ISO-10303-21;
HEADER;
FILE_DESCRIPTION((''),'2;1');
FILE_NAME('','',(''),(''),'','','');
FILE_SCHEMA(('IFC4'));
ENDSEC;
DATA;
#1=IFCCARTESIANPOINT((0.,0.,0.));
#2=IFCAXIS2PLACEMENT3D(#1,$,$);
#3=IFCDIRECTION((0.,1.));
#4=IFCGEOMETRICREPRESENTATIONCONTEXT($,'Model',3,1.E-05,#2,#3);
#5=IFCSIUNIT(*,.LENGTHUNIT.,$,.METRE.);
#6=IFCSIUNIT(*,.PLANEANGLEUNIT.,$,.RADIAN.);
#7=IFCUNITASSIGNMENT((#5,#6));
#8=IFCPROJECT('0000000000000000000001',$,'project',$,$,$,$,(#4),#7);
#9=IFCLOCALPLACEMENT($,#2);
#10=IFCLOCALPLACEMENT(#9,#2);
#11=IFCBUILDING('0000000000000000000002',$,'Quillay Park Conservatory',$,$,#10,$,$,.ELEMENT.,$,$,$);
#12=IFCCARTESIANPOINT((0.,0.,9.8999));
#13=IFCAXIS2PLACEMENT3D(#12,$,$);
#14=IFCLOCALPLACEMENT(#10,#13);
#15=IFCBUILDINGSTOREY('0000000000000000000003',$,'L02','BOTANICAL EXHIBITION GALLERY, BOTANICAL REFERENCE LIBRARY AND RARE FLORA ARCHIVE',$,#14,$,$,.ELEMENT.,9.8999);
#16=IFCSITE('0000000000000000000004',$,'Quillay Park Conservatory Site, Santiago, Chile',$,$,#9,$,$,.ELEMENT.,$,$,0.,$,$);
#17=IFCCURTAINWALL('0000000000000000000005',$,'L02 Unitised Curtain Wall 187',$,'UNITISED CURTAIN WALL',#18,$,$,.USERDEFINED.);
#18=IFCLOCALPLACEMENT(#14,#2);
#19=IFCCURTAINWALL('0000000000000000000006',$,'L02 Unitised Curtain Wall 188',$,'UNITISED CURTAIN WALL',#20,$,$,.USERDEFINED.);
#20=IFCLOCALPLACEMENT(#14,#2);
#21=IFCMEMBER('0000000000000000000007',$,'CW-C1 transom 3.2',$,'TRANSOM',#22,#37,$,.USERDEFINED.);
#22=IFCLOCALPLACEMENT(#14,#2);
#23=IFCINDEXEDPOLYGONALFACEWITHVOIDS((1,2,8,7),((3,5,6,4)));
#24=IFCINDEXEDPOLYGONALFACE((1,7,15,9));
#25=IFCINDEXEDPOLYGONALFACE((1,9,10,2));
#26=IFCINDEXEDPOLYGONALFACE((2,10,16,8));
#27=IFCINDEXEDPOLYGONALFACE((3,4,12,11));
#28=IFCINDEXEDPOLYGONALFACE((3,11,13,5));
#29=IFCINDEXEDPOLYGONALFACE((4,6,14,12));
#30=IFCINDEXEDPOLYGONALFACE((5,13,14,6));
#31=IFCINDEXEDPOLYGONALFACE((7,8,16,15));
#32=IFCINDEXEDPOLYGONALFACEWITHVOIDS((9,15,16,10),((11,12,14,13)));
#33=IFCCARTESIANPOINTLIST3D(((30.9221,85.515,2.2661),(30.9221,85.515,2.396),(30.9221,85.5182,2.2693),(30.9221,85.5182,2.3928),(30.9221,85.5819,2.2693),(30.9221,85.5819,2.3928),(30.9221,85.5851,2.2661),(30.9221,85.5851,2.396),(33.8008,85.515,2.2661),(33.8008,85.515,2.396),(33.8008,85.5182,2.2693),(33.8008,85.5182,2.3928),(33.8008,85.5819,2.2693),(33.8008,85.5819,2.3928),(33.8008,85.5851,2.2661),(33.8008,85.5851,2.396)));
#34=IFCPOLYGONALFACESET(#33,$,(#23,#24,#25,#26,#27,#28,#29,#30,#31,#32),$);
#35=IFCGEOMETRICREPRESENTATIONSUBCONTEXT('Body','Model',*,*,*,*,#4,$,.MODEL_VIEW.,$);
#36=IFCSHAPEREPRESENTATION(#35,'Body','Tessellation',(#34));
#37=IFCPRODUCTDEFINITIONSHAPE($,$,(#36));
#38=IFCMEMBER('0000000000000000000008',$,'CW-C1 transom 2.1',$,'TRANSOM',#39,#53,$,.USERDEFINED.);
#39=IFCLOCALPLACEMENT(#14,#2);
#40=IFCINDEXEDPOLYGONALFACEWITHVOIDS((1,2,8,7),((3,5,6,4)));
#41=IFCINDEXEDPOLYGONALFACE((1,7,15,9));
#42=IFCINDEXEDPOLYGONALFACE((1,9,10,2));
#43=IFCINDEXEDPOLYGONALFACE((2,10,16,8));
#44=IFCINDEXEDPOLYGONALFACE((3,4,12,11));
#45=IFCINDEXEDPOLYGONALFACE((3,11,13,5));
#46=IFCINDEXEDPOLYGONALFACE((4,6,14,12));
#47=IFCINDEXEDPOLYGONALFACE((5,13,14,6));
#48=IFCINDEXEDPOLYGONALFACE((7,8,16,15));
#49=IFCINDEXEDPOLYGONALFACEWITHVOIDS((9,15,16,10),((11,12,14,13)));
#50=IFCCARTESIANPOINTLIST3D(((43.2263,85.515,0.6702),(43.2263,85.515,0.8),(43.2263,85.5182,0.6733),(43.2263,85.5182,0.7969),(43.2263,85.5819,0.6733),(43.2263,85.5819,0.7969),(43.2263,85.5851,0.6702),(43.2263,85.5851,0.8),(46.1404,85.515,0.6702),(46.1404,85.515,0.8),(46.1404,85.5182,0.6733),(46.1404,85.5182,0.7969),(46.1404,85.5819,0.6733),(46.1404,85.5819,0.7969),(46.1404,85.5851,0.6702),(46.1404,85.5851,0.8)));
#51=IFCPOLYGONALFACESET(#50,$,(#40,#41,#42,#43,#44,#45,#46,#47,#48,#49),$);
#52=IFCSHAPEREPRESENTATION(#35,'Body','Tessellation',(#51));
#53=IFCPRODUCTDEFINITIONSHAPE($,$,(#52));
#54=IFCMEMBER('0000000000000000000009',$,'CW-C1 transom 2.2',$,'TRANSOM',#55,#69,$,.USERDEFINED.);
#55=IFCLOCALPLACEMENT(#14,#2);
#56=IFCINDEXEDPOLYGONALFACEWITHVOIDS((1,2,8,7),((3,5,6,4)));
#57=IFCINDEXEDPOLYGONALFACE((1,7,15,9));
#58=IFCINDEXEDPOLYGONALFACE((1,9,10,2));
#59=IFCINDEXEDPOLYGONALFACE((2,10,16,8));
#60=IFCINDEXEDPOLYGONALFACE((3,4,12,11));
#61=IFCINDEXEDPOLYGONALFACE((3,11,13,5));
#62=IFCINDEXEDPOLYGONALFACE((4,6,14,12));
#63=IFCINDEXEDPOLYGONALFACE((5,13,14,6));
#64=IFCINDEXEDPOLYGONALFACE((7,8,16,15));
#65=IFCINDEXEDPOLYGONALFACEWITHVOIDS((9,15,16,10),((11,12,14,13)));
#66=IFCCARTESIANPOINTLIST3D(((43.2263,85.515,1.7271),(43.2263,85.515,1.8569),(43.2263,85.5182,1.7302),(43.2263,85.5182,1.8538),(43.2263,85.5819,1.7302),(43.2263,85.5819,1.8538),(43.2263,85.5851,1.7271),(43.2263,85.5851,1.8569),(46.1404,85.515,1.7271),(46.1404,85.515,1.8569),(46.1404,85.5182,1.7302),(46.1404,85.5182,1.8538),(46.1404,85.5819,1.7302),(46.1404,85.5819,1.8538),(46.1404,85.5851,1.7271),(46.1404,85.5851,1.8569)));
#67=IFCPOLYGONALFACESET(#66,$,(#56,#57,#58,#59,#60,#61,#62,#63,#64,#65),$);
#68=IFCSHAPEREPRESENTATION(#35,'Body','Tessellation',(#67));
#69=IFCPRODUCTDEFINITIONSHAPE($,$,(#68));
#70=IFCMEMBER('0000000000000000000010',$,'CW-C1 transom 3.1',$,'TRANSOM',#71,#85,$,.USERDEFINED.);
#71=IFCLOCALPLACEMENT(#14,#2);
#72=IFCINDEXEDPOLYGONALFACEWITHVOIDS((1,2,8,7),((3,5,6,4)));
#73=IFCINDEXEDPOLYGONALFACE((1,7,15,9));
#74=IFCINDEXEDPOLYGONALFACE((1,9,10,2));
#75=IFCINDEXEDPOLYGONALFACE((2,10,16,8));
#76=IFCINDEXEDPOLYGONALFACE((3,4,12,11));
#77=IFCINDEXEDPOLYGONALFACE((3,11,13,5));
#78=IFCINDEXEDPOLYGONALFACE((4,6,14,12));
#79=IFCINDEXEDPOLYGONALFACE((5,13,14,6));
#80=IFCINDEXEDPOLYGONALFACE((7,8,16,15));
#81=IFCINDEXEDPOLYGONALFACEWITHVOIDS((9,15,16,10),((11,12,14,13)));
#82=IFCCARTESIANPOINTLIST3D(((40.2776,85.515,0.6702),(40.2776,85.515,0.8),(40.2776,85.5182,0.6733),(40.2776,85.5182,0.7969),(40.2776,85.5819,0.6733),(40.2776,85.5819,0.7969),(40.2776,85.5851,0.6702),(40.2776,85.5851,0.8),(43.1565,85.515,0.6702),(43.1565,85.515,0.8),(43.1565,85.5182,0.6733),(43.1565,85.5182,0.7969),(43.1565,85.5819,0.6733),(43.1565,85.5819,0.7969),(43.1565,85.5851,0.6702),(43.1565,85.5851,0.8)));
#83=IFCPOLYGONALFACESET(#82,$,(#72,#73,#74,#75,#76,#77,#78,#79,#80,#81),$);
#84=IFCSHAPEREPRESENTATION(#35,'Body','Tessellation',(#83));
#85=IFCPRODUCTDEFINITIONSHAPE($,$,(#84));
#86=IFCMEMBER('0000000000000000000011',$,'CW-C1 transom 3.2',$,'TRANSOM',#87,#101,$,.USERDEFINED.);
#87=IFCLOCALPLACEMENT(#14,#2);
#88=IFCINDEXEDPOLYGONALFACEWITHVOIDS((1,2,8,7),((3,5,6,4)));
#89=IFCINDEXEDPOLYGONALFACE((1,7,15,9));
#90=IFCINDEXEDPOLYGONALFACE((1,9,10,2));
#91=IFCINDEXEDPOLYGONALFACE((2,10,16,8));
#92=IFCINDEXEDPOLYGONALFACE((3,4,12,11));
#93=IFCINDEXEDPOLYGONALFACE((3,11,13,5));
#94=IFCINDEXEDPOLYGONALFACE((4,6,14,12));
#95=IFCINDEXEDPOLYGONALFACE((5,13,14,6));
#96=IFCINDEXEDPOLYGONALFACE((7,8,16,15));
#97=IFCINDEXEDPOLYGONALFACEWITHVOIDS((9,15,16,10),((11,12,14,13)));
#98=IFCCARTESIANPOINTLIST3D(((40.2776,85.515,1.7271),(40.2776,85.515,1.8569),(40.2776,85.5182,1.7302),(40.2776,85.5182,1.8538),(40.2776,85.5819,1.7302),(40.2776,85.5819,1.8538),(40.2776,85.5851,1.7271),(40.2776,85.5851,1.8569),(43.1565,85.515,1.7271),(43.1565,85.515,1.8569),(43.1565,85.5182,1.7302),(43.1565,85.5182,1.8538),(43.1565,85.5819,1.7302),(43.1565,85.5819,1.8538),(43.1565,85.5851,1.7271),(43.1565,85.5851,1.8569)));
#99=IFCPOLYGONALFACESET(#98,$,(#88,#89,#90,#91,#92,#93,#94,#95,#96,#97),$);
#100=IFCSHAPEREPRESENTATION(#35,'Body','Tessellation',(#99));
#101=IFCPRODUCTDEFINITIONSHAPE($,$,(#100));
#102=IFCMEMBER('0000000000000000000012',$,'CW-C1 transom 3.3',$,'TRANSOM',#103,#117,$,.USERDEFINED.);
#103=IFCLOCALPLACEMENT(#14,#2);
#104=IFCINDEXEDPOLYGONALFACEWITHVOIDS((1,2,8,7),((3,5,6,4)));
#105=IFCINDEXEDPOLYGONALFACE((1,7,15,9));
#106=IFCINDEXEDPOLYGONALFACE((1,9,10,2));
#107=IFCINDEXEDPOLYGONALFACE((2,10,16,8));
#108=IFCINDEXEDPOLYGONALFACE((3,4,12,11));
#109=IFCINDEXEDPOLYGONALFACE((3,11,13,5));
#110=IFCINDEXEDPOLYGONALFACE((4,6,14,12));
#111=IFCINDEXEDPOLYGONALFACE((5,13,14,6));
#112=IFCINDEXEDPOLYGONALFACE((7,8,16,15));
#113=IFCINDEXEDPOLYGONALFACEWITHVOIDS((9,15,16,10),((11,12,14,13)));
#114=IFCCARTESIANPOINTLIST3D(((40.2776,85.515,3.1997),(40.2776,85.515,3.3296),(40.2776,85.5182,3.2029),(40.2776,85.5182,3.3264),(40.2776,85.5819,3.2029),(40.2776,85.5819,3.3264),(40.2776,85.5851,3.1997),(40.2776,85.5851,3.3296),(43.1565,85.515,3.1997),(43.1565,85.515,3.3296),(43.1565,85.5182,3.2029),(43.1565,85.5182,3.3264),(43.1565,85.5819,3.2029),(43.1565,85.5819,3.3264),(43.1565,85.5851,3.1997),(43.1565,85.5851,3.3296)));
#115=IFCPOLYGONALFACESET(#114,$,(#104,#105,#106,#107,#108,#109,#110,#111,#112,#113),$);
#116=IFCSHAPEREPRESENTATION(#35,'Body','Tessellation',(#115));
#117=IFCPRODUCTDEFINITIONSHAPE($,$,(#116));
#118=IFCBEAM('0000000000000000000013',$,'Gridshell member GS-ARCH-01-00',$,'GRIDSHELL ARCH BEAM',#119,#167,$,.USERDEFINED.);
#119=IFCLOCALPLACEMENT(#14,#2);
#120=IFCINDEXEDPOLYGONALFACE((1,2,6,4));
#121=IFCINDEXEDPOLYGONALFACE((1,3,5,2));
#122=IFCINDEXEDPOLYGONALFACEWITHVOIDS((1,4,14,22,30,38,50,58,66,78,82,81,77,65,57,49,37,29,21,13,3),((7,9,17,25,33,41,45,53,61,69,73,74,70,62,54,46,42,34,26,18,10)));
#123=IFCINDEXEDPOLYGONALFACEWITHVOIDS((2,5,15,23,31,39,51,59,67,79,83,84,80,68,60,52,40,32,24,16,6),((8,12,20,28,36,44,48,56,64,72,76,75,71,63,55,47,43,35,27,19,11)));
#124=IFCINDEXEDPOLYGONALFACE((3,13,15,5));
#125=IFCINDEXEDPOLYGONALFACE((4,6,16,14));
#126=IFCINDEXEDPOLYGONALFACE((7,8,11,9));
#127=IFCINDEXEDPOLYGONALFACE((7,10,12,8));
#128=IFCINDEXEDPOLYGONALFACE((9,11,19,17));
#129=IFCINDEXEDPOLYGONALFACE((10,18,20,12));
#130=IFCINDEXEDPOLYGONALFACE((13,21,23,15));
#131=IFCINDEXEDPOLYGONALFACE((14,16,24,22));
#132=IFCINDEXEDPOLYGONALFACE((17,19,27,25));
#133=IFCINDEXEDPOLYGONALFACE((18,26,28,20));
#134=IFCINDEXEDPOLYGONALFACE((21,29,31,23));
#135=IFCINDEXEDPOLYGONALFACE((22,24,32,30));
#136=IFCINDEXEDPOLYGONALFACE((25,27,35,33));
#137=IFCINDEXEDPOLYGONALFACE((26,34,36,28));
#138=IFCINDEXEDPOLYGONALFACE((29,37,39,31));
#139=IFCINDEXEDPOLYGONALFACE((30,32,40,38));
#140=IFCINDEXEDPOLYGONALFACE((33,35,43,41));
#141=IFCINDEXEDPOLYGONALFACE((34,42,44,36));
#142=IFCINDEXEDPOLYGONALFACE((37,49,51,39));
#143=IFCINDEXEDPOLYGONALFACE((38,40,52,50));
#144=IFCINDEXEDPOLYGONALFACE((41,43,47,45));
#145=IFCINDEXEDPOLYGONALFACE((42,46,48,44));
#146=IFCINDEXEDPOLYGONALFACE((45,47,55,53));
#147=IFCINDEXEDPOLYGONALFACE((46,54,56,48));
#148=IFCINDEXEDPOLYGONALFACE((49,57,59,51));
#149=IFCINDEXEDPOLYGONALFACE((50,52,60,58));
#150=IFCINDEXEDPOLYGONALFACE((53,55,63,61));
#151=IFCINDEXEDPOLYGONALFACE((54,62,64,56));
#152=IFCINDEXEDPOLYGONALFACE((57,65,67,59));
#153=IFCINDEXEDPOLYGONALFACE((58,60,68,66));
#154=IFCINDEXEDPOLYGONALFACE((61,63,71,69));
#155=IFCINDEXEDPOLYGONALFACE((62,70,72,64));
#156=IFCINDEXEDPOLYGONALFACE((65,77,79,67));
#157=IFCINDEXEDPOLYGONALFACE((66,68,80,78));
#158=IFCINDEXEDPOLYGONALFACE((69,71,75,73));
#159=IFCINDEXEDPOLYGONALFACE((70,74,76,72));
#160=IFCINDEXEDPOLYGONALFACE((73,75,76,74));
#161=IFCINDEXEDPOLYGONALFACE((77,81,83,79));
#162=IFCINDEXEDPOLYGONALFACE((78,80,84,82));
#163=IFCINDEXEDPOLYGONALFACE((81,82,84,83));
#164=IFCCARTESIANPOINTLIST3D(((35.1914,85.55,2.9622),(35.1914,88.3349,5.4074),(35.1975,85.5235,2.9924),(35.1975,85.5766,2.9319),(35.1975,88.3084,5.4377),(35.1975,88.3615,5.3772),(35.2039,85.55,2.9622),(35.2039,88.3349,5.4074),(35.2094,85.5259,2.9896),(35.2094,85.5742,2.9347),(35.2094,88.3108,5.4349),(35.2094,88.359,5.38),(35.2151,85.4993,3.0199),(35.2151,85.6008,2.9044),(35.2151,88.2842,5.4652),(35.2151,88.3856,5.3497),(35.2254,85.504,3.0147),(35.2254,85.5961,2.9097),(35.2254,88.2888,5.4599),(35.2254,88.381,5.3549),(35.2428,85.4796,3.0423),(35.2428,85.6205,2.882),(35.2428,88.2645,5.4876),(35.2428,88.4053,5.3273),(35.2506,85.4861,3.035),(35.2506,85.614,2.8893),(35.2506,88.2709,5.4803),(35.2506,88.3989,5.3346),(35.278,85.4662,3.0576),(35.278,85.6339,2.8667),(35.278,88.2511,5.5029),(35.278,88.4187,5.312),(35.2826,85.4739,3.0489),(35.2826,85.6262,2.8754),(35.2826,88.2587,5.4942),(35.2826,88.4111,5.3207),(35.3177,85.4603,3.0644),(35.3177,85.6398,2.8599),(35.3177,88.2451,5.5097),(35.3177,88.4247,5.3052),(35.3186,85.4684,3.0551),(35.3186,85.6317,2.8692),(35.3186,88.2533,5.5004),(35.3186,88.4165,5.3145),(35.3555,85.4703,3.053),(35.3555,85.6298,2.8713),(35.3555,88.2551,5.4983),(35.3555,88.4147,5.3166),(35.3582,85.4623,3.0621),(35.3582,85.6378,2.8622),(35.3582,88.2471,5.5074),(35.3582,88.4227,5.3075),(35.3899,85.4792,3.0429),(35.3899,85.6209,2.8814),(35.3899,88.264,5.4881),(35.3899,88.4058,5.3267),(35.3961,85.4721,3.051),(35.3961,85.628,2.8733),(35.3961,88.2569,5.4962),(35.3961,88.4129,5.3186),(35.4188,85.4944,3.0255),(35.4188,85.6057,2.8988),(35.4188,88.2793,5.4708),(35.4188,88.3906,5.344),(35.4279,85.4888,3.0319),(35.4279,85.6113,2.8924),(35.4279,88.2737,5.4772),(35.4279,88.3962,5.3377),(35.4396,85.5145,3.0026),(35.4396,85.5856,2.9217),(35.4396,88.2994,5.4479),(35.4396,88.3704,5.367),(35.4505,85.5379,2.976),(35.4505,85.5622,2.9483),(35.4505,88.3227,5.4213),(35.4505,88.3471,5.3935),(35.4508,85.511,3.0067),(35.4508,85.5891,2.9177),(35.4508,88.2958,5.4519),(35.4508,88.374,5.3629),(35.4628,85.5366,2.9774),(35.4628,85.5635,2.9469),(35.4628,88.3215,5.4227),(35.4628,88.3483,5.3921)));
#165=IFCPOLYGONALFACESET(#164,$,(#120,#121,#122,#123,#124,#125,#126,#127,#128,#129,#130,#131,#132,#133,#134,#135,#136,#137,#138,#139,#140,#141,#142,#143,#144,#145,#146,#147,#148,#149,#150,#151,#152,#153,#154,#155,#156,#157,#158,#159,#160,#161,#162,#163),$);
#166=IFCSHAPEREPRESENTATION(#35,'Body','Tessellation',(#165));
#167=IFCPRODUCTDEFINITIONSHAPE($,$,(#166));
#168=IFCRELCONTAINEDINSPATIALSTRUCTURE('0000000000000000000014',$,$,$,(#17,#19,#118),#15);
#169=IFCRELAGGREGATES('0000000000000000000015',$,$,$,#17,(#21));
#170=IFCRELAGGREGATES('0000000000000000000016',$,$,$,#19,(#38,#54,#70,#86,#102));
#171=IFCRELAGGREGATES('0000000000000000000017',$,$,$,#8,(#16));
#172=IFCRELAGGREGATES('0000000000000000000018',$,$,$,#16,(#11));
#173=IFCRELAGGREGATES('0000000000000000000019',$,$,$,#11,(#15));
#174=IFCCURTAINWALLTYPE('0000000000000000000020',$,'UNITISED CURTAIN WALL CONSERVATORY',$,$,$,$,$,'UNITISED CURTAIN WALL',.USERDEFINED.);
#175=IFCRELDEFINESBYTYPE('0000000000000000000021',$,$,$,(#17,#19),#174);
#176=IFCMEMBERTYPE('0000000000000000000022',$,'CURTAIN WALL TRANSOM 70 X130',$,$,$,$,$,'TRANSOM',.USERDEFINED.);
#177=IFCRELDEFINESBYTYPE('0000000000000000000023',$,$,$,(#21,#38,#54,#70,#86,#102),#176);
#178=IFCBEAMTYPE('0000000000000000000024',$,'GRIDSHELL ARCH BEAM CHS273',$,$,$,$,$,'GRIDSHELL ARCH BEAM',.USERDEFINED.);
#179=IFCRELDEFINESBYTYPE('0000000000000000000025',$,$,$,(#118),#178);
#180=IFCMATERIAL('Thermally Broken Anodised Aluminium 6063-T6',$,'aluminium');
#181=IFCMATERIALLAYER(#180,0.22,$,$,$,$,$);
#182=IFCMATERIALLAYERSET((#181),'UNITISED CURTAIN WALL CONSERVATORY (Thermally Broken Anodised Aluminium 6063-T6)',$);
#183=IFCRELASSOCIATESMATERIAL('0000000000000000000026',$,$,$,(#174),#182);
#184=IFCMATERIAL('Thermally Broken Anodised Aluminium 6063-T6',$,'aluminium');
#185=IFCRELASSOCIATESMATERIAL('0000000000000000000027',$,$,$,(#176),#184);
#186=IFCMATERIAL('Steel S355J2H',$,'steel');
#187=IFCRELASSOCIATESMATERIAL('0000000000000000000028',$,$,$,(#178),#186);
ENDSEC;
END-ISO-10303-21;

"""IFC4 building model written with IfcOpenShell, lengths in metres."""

from ifc_helpers import new_model, si_unit, direction, frame, origin, origin_2d, place, context, subcontext, project, spatial, hollow_rectangle, hollow_circle, extrude, material, layer, layer_set, material_profile, profile_set, type_object, element, aggregate, save


model = new_model("IFC4")

# Units and contexts
model_context = context("Model", 3, precision=1e-05, world=origin(), true_north=direction((0.0, 1.0)))
body_context = subcontext(model_context, "Body", "Model", "MODEL_VIEW")
ifc_project = project(units=[si_unit("LENGTHUNIT", "METRE"), si_unit("PLANEANGLEUNIT", "RADIAN")], contexts=[model_context])

# Site, building, storey
site_placement = place(None, origin())
site = spatial("IfcSite", under=ifc_project, at=site_placement, Name="Quillay Park Conservatory Site, Santiago, Chile", CompositionType="ELEMENT", RefElevation=0.0)
building_placement = place(site_placement, origin())
building = spatial("IfcBuilding", under=site, at=building_placement, Name="Quillay Park Conservatory", CompositionType="ELEMENT")
storey_placement = place(building_placement, frame((0.0, 0.0, 9.8999)))
storey = spatial("IfcBuildingStorey", under=building, at=storey_placement, Name="L02", Description="BOTANICAL EXHIBITION GALLERY, BOTANICAL REFERENCE LIBRARY AND RARE FLORA ARCHIVE", CompositionType="ELEMENT", Elevation=9.8999)

# Curtain walls
ifc_material_1 = material(Name="Thermally Broken Anodised Aluminium 6063-T6", Category="aluminium")
ifc_layer_1 = layer(ifc_material_1, 0.22)
ifc_layer_set_1 = layer_set([ifc_layer_1], Name="UNITISED CURTAIN WALL CONSERVATORY (Thermally Broken Anodised Aluminium 6063-T6)")
curtain_wall_type = type_object("IfcCurtainWallType", Name="UNITISED CURTAIN WALL CONSERVATORY", ElementType="UNITISED CURTAIN WALL", PredefinedType="USERDEFINED", material=ifc_layer_set_1)
curtain_wall_1_placement = place(storey_placement, origin())
curtain_wall_1 = element("IfcCurtainWall", 1, at=curtain_wall_1_placement, inside=storey, type_object=curtain_wall_type, Name="L02 Unitised Curtain Wall 187", ObjectType="UNITISED CURTAIN WALL", PredefinedType="USERDEFINED")
curtain_wall_2_placement = place(storey_placement, origin())
curtain_wall_2 = element("IfcCurtainWall", 2, at=curtain_wall_2_placement, inside=storey, type_object=curtain_wall_type, Name="L02 Unitised Curtain Wall 188", ObjectType="UNITISED CURTAIN WALL", PredefinedType="USERDEFINED")

# Members
ifc_material_2 = material(Name="Thermally Broken Anodised Aluminium 6063-T6", Category="aluminium")
ifc_material_profile_1 = material_profile(ifc_material_2, hollow_rectangle(XDim=0.0701, YDim=0.1299, WallThickness=0.0032, at=origin_2d()), Name="AL70x130x3.2")
ifc_profile_set_1 = profile_set([ifc_material_profile_1], Name="Thermally Broken Anodised Aluminium 6063-T6")
member_type_1 = type_object("IfcMemberType", Name="CURTAIN WALL TRANSOM 70 X130", ElementType="TRANSOM", PredefinedType="USERDEFINED", material=ifc_profile_set_1)
member_1_placement = place(storey_placement, frame((33.8008, 85.55, 2.3311), z_axis=(-1.0, 0.0, 0.0), x_axis=(0.0, -1.0, 0.0)))
member_1 = element("IfcMember", 3, at=member_1_placement, type_object=member_type_1, Name="CW-C1 transom 3.2", ObjectType="TRANSOM", PredefinedType="USERDEFINED", context=body_context, shape_type="SweptSolid", body=[
    extrude(hollow_rectangle(XDim=0.0701, YDim=0.1299, WallThickness=0.0032, at=origin_2d()), origin(), (0.0, 0.0, 1.0), 2.8787),
])
member_2_placement = place(storey_placement, frame((46.1404, 85.55, 0.7351), z_axis=(-1.0, 0.0, 0.0), x_axis=(0.0, -1.0, 0.0)))
member_2 = element("IfcMember", 4, at=member_2_placement, type_object=member_type_1, Name="CW-C1 transom 2.1", ObjectType="TRANSOM", PredefinedType="USERDEFINED", context=body_context, shape_type="SweptSolid", body=[
    extrude(hollow_rectangle(XDim=0.0701, YDim=0.1299, WallThickness=0.0032, at=origin_2d()), origin(), (0.0, 0.0, 1.0), 2.9141),
])
member_3_placement = place(storey_placement, frame((46.1404, 85.55, 1.792), z_axis=(-1.0, 0.0, 0.0), x_axis=(0.0, -1.0, 0.0)))
member_3 = element("IfcMember", 5, at=member_3_placement, type_object=member_type_1, Name="CW-C1 transom 2.2", ObjectType="TRANSOM", PredefinedType="USERDEFINED", context=body_context, shape_type="SweptSolid", body=[
    extrude(hollow_rectangle(XDim=0.0701, YDim=0.1299, WallThickness=0.0032, at=origin_2d()), origin(), (0.0, 0.0, 1.0), 2.9141),
])
member_4_placement = place(storey_placement, frame((43.1565, 85.55, 0.7351), z_axis=(-1.0, 0.0, 0.0), x_axis=(0.0, -1.0, 0.0)))
member_4 = element("IfcMember", 6, at=member_4_placement, type_object=member_type_1, Name="CW-C1 transom 3.1", ObjectType="TRANSOM", PredefinedType="USERDEFINED", context=body_context, shape_type="SweptSolid", body=[
    extrude(hollow_rectangle(XDim=0.0701, YDim=0.1299, WallThickness=0.0032, at=origin_2d()), origin(), (0.0, 0.0, 1.0), 2.8789),
])
member_5_placement = place(storey_placement, frame((43.1565, 85.55, 1.792), z_axis=(-1.0, 0.0, 0.0), x_axis=(0.0, -1.0, 0.0)))
member_5 = element("IfcMember", 7, at=member_5_placement, type_object=member_type_1, Name="CW-C1 transom 3.2", ObjectType="TRANSOM", PredefinedType="USERDEFINED", context=body_context, shape_type="SweptSolid", body=[
    extrude(hollow_rectangle(XDim=0.0701, YDim=0.1299, WallThickness=0.0032, at=origin_2d()), origin(), (0.0, 0.0, 1.0), 2.8789),
])
member_6_placement = place(storey_placement, frame((43.1565, 85.55, 3.2646), z_axis=(-1.0, 0.0, 0.0), x_axis=(0.0, -1.0, 0.0)))
member_6 = element("IfcMember", 8, at=member_6_placement, type_object=member_type_1, Name="CW-C1 transom 3.3", ObjectType="TRANSOM", PredefinedType="USERDEFINED", context=body_context, shape_type="SweptSolid", body=[
    extrude(hollow_rectangle(XDim=0.0701, YDim=0.1299, WallThickness=0.0032, at=origin_2d()), origin(), (0.0, 0.0, 1.0), 2.8789),
])

# Beam
ifc_material_3 = material(Name="Steel S355J2H", Category="steel")
ifc_material_profile_2 = material_profile(ifc_material_3, hollow_circle(Radius=0.1365, WallThickness=0.0125, at=origin_2d()), Name="CHS273x12.5")
ifc_profile_set_2 = profile_set([ifc_material_profile_2], Name="Steel S355J2H")
beam_type = type_object("IfcBeamType", Name="GRIDSHELL ARCH BEAM CHS273", ElementType="GRIDSHELL ARCH BEAM", PredefinedType="USERDEFINED", material=ifc_profile_set_2)
beam_placement = place(storey_placement, frame((35.3279, 85.55, 2.9622), z_axis=(0.0, 0.751437, 0.659805), x_axis=(-1.0, 0.0, 0.0)))
element("IfcBeam", 9, at=beam_placement, inside=storey, type_object=beam_type, Name="Gridshell member GS-ARCH-01-00", ObjectType="GRIDSHELL ARCH BEAM", PredefinedType="USERDEFINED", context=body_context, shape_type="SweptSolid", body=[
    extrude(hollow_circle(Radius=0.1365, WallThickness=0.0125, at=origin_2d()), origin(), (0.0, 0.0, 1.0), 3.7061),
])

aggregate(curtain_wall_1, [member_1])
aggregate(curtain_wall_2, [member_2, member_3, member_4, member_5, member_6])

save(model, "model.ifc")
